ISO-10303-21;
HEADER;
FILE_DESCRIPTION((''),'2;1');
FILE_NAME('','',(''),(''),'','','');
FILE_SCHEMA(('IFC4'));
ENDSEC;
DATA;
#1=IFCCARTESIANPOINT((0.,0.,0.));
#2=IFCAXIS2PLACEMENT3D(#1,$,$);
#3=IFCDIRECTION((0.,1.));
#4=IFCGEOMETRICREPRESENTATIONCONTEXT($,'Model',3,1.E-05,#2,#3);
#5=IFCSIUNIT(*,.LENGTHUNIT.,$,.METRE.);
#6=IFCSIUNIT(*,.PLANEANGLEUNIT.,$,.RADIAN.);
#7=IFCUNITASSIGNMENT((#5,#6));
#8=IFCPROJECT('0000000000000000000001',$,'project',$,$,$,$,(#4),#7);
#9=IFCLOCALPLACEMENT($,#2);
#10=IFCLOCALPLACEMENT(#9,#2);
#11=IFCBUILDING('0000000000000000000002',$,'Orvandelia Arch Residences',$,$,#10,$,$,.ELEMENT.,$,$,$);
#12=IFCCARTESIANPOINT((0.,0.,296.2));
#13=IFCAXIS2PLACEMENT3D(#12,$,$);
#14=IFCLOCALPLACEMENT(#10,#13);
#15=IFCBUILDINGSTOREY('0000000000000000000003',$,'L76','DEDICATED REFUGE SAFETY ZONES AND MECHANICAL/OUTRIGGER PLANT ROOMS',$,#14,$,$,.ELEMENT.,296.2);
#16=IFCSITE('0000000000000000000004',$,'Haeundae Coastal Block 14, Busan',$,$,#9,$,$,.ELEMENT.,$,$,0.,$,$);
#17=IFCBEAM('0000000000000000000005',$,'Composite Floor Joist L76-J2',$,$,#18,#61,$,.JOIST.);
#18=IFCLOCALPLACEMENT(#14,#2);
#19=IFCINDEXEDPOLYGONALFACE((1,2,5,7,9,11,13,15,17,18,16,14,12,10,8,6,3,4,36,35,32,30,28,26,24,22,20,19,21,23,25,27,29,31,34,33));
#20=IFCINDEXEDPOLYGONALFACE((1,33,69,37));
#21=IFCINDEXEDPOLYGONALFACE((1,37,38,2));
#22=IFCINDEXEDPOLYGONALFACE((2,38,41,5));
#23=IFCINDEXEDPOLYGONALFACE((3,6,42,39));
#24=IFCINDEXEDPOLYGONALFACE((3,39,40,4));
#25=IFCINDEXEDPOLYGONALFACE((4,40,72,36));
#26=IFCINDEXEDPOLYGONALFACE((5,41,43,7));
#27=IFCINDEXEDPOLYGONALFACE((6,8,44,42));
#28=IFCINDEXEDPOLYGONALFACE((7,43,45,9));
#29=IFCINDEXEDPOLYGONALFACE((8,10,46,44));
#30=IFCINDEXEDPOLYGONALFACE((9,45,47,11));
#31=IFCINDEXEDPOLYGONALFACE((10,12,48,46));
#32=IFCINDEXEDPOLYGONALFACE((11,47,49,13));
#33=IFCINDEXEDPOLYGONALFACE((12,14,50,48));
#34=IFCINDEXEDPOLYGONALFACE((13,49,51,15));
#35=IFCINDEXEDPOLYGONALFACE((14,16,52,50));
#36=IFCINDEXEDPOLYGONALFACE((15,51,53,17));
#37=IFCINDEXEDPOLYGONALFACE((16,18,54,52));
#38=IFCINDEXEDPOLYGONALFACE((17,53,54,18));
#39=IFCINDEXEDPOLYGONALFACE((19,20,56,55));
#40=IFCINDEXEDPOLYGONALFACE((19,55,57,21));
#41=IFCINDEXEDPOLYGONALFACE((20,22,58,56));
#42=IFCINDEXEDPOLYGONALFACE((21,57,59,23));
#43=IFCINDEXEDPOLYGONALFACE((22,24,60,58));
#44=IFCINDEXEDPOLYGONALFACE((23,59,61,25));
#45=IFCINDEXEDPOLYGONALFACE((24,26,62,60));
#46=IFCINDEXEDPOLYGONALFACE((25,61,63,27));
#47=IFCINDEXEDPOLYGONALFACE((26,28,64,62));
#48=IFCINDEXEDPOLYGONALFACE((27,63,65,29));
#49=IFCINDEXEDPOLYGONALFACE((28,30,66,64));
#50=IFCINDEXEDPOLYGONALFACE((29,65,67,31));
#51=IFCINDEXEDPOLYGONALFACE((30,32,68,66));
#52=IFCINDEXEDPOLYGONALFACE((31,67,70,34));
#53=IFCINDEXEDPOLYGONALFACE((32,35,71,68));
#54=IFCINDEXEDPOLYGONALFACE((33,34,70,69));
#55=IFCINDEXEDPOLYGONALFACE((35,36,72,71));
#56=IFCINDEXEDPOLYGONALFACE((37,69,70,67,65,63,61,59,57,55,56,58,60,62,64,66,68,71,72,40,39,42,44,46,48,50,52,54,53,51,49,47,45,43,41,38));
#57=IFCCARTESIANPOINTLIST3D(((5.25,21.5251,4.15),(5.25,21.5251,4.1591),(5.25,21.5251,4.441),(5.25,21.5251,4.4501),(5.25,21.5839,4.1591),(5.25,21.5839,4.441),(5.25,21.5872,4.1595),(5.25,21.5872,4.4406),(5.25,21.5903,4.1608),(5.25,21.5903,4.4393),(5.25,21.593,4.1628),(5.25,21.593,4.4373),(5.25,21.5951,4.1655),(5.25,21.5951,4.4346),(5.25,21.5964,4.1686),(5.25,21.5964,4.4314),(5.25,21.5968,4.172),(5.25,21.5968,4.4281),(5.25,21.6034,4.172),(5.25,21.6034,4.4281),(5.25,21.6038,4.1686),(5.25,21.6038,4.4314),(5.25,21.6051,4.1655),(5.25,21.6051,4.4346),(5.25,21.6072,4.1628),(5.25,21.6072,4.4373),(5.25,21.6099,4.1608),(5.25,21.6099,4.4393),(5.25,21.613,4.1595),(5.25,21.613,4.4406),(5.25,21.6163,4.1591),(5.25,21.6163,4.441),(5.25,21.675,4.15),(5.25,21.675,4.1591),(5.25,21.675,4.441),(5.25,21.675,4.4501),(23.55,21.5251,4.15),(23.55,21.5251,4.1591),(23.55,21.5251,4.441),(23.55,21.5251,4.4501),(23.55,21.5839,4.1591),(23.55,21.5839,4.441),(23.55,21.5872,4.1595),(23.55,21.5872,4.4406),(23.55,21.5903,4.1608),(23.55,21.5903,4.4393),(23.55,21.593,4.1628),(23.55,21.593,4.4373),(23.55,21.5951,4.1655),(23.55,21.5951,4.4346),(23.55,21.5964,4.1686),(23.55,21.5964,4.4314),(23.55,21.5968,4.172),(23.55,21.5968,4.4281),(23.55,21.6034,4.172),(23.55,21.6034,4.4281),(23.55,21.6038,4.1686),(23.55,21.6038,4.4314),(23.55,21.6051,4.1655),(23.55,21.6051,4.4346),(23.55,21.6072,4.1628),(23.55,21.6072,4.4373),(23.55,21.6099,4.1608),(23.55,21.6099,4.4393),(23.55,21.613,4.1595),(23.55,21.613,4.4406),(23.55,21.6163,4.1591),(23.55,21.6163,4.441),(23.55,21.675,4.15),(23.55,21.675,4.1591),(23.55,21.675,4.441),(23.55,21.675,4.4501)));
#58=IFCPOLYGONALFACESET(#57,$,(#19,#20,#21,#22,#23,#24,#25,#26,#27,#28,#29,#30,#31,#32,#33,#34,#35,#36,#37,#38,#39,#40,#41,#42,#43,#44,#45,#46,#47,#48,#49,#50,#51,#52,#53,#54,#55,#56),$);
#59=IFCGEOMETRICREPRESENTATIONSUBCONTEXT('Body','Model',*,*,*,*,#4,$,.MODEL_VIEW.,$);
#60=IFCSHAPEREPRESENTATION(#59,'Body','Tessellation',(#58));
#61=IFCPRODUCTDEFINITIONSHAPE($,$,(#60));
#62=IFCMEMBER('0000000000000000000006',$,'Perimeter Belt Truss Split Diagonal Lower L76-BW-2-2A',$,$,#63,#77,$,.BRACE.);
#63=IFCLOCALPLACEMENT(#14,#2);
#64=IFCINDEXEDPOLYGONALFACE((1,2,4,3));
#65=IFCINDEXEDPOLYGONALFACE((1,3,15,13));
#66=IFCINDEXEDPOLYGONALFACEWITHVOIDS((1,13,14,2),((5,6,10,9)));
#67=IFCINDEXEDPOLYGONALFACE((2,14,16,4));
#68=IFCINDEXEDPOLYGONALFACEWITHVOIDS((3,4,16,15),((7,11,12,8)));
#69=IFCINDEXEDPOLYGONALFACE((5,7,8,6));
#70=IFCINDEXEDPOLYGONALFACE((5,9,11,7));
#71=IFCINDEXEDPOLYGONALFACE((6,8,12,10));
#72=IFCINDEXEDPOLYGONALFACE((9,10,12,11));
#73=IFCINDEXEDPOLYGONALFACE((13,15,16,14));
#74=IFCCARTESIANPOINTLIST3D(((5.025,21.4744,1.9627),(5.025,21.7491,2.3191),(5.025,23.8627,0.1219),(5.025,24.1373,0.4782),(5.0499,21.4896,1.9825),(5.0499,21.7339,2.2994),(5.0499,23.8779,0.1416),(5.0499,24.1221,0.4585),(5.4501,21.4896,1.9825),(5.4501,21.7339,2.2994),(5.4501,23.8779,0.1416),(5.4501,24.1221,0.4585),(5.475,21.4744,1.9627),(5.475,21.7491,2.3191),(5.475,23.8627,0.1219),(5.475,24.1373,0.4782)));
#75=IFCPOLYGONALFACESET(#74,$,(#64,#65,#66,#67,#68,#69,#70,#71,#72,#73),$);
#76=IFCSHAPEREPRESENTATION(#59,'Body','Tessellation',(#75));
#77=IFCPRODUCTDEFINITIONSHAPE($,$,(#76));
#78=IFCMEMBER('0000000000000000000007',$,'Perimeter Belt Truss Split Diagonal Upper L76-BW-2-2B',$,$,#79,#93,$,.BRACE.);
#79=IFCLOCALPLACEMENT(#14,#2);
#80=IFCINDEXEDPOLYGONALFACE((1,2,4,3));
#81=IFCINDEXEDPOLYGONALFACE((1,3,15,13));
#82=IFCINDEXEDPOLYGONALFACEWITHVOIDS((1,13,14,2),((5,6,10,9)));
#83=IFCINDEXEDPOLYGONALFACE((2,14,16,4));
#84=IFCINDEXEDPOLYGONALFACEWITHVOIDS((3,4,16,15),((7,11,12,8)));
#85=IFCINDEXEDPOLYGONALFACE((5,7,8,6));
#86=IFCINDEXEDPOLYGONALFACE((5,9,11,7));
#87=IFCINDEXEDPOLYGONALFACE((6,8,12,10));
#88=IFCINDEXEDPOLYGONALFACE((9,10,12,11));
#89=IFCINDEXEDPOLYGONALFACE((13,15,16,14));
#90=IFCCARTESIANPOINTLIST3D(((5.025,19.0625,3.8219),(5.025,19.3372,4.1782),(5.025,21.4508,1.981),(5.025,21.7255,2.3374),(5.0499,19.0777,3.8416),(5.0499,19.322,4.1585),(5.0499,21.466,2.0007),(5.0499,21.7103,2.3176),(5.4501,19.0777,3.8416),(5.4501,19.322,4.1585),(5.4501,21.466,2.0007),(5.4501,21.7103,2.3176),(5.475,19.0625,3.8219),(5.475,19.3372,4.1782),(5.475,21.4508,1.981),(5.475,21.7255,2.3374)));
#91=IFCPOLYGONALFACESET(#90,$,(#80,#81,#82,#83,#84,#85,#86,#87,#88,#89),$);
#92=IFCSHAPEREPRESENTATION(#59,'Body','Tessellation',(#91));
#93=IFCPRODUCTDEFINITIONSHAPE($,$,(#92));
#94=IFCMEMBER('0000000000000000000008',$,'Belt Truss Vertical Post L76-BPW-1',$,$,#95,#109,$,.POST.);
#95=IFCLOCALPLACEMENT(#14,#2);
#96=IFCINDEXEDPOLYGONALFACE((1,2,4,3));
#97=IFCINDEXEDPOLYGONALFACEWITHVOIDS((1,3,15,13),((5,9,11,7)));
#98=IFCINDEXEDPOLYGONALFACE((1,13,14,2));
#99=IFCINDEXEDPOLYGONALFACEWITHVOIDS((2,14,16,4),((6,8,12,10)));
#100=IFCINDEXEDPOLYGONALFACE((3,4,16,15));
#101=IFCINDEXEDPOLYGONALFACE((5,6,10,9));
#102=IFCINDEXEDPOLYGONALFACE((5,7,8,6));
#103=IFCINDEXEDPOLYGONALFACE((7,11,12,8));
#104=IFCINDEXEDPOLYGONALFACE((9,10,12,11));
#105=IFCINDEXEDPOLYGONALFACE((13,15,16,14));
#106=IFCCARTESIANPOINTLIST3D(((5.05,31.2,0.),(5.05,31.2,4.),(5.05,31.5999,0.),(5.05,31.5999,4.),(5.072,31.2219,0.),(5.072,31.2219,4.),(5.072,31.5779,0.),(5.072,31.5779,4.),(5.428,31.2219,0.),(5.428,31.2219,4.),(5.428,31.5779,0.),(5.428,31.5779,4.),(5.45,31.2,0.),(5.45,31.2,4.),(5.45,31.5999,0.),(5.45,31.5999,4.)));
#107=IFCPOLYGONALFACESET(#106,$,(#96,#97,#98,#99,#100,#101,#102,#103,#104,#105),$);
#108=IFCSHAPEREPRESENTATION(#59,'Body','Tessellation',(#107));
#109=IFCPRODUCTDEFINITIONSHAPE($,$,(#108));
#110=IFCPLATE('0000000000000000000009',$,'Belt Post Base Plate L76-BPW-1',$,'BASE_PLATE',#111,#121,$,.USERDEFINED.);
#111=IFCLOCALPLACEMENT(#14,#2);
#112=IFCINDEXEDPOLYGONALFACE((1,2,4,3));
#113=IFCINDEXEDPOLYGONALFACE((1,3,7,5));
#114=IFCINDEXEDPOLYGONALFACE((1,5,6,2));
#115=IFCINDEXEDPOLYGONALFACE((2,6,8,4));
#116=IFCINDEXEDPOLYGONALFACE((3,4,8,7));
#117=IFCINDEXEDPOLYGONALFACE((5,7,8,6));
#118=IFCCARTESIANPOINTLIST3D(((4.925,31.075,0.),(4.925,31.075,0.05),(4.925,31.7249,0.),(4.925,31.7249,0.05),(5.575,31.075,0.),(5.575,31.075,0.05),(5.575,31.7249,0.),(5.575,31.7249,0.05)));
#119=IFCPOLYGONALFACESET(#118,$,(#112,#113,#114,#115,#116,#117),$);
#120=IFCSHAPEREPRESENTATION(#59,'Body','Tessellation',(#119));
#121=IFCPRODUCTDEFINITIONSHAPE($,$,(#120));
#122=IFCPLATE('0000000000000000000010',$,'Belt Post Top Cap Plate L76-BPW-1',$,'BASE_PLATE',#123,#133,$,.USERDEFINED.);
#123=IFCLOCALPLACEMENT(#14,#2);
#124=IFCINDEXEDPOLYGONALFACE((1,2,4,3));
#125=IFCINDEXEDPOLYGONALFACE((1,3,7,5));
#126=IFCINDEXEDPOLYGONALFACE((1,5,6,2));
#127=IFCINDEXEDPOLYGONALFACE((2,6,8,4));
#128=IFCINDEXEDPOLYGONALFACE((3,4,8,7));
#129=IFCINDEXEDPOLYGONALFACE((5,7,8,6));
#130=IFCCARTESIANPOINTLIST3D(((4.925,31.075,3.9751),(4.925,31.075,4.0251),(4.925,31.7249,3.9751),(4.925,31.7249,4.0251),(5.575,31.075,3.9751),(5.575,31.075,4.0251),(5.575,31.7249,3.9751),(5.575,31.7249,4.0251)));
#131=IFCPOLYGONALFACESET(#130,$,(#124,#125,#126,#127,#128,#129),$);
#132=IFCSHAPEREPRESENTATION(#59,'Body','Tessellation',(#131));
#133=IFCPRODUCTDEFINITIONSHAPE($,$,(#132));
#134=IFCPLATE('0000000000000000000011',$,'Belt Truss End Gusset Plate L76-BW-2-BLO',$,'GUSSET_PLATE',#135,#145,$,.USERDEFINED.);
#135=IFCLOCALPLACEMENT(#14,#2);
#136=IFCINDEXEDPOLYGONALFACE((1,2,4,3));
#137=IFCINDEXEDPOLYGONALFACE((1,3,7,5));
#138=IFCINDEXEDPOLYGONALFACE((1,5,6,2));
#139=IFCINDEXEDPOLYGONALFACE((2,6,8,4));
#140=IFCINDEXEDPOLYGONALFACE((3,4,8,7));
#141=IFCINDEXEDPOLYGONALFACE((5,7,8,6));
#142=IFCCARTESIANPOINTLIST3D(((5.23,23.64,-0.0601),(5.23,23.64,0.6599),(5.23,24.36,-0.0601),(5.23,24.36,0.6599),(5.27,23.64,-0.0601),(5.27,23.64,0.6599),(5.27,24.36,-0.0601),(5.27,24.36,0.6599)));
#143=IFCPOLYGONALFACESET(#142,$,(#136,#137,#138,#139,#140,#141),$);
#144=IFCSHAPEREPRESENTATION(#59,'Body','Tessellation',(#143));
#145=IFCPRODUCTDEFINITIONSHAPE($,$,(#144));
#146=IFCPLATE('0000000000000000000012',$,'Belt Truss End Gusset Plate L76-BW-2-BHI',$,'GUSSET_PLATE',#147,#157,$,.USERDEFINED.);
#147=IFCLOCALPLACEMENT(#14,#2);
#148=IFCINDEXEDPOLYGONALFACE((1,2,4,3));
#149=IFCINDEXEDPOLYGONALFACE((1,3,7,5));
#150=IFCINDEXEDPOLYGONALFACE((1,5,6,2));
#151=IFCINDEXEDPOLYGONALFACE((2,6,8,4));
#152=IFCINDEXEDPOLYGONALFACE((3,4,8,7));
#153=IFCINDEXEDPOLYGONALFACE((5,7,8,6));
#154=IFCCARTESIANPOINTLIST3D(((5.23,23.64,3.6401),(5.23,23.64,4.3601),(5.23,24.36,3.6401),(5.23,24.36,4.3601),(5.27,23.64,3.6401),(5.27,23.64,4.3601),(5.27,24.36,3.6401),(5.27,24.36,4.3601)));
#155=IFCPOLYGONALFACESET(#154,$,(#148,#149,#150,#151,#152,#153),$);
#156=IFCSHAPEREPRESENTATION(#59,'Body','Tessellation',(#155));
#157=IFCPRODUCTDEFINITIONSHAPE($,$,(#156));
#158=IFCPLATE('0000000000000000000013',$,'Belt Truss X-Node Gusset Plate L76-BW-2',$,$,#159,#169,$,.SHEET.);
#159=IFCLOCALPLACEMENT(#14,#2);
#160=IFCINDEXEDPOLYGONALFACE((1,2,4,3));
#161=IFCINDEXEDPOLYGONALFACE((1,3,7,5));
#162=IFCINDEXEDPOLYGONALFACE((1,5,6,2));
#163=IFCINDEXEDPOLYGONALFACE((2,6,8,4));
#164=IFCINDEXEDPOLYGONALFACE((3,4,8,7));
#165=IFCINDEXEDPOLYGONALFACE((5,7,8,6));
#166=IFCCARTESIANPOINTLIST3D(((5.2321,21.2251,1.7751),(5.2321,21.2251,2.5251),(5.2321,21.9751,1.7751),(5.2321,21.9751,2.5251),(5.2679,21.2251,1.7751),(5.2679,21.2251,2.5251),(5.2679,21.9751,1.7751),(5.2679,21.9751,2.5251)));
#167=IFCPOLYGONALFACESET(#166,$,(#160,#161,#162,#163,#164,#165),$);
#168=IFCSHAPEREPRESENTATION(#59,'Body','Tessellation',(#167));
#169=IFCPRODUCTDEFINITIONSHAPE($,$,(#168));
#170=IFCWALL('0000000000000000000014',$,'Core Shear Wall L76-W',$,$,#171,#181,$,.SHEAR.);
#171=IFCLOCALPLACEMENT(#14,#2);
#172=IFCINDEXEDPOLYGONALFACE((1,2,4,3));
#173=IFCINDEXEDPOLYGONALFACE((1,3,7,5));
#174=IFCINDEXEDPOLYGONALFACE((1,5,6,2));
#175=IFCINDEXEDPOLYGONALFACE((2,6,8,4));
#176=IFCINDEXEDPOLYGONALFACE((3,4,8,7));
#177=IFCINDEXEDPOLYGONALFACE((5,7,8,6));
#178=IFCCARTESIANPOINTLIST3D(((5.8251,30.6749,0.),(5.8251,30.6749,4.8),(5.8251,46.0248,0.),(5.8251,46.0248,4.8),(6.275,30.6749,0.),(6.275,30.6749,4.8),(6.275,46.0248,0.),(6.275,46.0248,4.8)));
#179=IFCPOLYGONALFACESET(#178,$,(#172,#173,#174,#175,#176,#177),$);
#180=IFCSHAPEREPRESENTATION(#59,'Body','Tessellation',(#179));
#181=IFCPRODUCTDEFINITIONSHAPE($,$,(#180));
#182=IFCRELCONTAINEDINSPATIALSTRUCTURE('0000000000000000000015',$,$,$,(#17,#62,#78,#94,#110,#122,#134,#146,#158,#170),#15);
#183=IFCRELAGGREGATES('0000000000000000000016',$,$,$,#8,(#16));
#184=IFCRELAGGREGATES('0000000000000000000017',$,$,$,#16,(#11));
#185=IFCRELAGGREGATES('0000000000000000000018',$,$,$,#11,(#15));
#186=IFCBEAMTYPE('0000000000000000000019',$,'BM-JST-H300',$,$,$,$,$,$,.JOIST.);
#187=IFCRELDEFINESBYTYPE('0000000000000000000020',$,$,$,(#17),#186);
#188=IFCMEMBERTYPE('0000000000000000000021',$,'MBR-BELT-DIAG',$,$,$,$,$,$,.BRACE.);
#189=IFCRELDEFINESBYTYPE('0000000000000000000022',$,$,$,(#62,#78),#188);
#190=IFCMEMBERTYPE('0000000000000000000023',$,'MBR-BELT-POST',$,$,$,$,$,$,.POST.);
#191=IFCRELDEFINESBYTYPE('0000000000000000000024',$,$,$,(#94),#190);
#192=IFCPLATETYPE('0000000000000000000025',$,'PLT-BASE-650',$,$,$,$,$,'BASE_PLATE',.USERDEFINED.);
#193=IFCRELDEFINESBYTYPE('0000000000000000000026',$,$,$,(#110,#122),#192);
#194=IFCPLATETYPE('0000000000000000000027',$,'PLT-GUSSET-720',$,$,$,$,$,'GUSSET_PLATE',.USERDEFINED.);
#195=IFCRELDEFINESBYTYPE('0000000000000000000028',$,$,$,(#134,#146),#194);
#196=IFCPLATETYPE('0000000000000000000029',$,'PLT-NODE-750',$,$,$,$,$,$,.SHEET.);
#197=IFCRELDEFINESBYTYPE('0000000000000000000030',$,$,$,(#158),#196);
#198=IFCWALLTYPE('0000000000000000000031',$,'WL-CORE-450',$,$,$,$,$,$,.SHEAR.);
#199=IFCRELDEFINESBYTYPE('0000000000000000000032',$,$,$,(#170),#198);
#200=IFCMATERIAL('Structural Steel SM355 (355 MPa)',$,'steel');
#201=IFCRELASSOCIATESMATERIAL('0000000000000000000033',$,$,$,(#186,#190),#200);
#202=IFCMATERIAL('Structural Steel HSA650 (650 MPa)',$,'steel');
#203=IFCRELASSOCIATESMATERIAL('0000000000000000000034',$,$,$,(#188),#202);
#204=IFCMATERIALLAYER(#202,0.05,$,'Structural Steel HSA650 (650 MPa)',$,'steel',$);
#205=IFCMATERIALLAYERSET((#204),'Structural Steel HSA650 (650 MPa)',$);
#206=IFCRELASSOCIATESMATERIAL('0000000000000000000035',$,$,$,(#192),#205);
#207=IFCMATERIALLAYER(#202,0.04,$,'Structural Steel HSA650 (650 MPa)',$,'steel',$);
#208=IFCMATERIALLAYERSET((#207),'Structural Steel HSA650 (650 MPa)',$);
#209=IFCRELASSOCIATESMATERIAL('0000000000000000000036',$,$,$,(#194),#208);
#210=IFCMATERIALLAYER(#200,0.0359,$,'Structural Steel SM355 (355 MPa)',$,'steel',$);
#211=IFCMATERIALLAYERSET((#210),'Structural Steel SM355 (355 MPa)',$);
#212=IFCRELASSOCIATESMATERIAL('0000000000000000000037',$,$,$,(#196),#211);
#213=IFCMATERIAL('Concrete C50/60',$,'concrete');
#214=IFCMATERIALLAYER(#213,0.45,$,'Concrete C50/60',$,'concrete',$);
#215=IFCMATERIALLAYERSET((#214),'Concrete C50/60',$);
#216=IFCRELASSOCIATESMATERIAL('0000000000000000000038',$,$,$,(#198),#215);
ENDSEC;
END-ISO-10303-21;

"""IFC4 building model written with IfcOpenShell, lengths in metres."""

from ifc_helpers import new_model, si_unit, direction, frame, frame_2d, origin, origin_2d, place, context, subcontext, project, spatial, rectangle, hollow_rectangle, i_section, extrude, material, layer, layer_set, material_profile, profile_set, type_object, element, save


model = new_model("IFC4")

# Units and contexts
model_context = context("Model", 3, precision=1e-05, world=origin(), true_north=direction((0.0, 1.0)))
body_context = subcontext(model_context, "Body", "Model", "MODEL_VIEW")
ifc_project = project(units=[si_unit("LENGTHUNIT", "METRE"), si_unit("PLANEANGLEUNIT", "RADIAN")], contexts=[model_context])

# Site, building, storey
site_placement = place(None, origin())
site = spatial("IfcSite", under=ifc_project, at=site_placement, Name="Haeundae Coastal Block 14, Busan", CompositionType="ELEMENT", RefElevation=0.0)
building_placement = place(site_placement, origin())
building = spatial("IfcBuilding", under=site, at=building_placement, Name="Orvandelia Arch Residences", CompositionType="ELEMENT")
storey_placement = place(building_placement, frame((0.0, 0.0, 296.2)))
storey = spatial("IfcBuildingStorey", under=building, at=storey_placement, Name="L76", Description="DEDICATED REFUGE SAFETY ZONES AND MECHANICAL/OUTRIGGER PLANT ROOMS", CompositionType="ELEMENT", Elevation=296.2)

# Shared definitions
ifc_material_1 = material(Name="Concrete C50/60", Category="concrete")

# Beam
ifc_material_2 = material(Name="Structural Steel SM355 (355 MPa)", Category="steel")
ifc_material_profile_1 = material_profile(ifc_material_2, i_section(OverallWidth=0.1499, OverallDepth=0.3, WebThickness=0.0066, FlangeThickness=0.009, FilletRadius=0.0129, at=origin_2d()), Name="Structural Steel SM355 (355 MPa)", Category="steel")
ifc_profile_set_1 = profile_set([ifc_material_profile_1], Name="Structural Steel SM355 (355 MPa)")
beam_type_1 = type_object("IfcBeamType", Name="BM-JST-H300", PredefinedType="JOIST", material=ifc_profile_set_1)
beam_1_placement = place(storey_placement, frame((5.25, 21.6001, 4.3), z_axis=(1.0, 0.0, 0.0), x_axis=(0.0, 1.0, 0.0)))
element("IfcBeam", 1, at=beam_1_placement, inside=storey, type_object=beam_type_1, Name="Composite Floor Joist L76-J2", PredefinedType="JOIST", context=body_context, shape_type="SweptSolid", body=[
    extrude(i_section(OverallWidth=0.1499, OverallDepth=0.3, WebThickness=0.0066, FlangeThickness=0.009, FilletRadius=0.0129, at=origin_2d()), origin(), (0.0, 0.0, 1.0), 18.3),
])

# Members
ifc_material_3 = material(Name="Structural Steel HSA650 (650 MPa)", Category="steel")
ifc_material_profile_2 = material_profile(ifc_material_3, hollow_rectangle(XDim=0.45, YDim=0.45, WallThickness=0.0249, at=origin_2d()), Name="Structural Steel HSA650 (650 MPa)", Category="steel")
ifc_profile_set_2 = profile_set([ifc_material_profile_2], Name="Structural Steel HSA650 (650 MPa)")
member_type_1 = type_object("IfcMemberType", Name="MBR-BELT-DIAG", PredefinedType="BRACE", material=ifc_profile_set_2)
for number, where, z_axis, x_axis, name in (
    (2, (5.25, 24.0, 0.3), (0.0, -0.792022, 0.610493), (1.0, 0.0, 0.0), "Perimeter Belt Truss Split Diagonal Lower L76-BW-2-2A"),
    (3, (5.25, 21.5881, 2.1592), (0.0, -0.792022, 0.610493), (1.0, 0.0, 0.0), "Perimeter Belt Truss Split Diagonal Upper L76-BW-2-2B"),
):
    element("IfcMember", number, at=place(storey_placement, frame(where, z_axis=z_axis, x_axis=x_axis)), inside=storey, type_object=member_type_1, Name=name, PredefinedType="BRACE", context=body_context, shape_type="SweptSolid", body=[
        extrude(hollow_rectangle(XDim=0.45, YDim=0.45, WallThickness=0.0249, at=origin_2d()), origin(), (0.0, 0.0, 1.0), 3.0154),
    ])
ifc_material_profile_3 = material_profile(ifc_material_2, hollow_rectangle(XDim=0.3999, YDim=0.3999, WallThickness=0.022, at=origin_2d()), Name="Structural Steel SM355 (355 MPa)", Category="steel")
ifc_profile_set_3 = profile_set([ifc_material_profile_3], Name="Structural Steel SM355 (355 MPa)")
member_type_2 = type_object("IfcMemberType", Name="MBR-BELT-POST", PredefinedType="POST", material=ifc_profile_set_3)
member_placement = place(storey_placement, frame((5.25, 31.3999, 0.0), z_axis=(0.0, 0.0, 1.0), x_axis=(1.0, 0.0, 0.0)))
element("IfcMember", 4, at=member_placement, inside=storey, type_object=member_type_2, Name="Belt Truss Vertical Post L76-BPW-1", PredefinedType="POST", context=body_context, shape_type="SweptSolid", body=[
    extrude(hollow_rectangle(XDim=0.3999, YDim=0.3999, WallThickness=0.022, at=origin_2d()), origin(), (0.0, 0.0, 1.0), 4.0),
])

# Plates
ifc_layer_1 = layer(ifc_material_3, 0.05, Name="Structural Steel HSA650 (650 MPa)", Category="steel")
ifc_layer_set_1 = layer_set([ifc_layer_1], Name="Structural Steel HSA650 (650 MPa)")
plate_type_1 = type_object("IfcPlateType", Name="PLT-BASE-650", ElementType="BASE_PLATE", PredefinedType="USERDEFINED", material=ifc_layer_set_1)
for number, where, z_axis, x_axis, name in (
    (5, (5.25, 31.3999, 0.0), (0.0, 0.0, 1.0), (1.0, 0.0, 0.0), "Belt Post Base Plate L76-BPW-1"),
    (6, (5.25, 31.3999, 3.9751), (0.0, 0.0, 1.0), (1.0, 0.0, 0.0), "Belt Post Top Cap Plate L76-BPW-1"),
):
    element("IfcPlate", number, at=place(storey_placement, frame(where, z_axis=z_axis, x_axis=x_axis)), inside=storey, type_object=plate_type_1, Name=name, ObjectType="BASE_PLATE", PredefinedType="USERDEFINED", context=body_context, shape_type="SweptSolid", body=[
        extrude(rectangle(XDim=0.6499, YDim=0.6499, at=origin_2d()), origin(), (0.0, 0.0, 1.0), 0.05),
    ])
ifc_layer_2 = layer(ifc_material_3, 0.04, Name="Structural Steel HSA650 (650 MPa)", Category="steel")
ifc_layer_set_2 = layer_set([ifc_layer_2], Name="Structural Steel HSA650 (650 MPa)")
plate_type_2 = type_object("IfcPlateType", Name="PLT-GUSSET-720", ElementType="GUSSET_PLATE", PredefinedType="USERDEFINED", material=ifc_layer_set_2)
for number, where, z_axis, x_axis, name in (
    (7, (5.25, 24.0, -0.0601), (0.0, 0.0, 1.0), (0.0, 1.0, 0.0), "Belt Truss End Gusset Plate L76-BW-2-BLO"),
    (8, (5.25, 24.0, 3.6401), (0.0, 0.0, 1.0), (0.0, 1.0, 0.0), "Belt Truss End Gusset Plate L76-BW-2-BHI"),
):
    element("IfcPlate", number, at=place(storey_placement, frame(where, z_axis=z_axis, x_axis=x_axis)), inside=storey, type_object=plate_type_2, Name=name, ObjectType="GUSSET_PLATE", PredefinedType="USERDEFINED", context=body_context, shape_type="SweptSolid", body=[
        extrude(rectangle(XDim=0.72, YDim=0.04, at=origin_2d()), origin(), (0.0, 0.0, 1.0), 0.72),
    ])
ifc_layer_3 = layer(ifc_material_2, 0.0359, Name="Structural Steel SM355 (355 MPa)", Category="steel")
ifc_layer_set_3 = layer_set([ifc_layer_3], Name="Structural Steel SM355 (355 MPa)")
plate_type_3 = type_object("IfcPlateType", Name="PLT-NODE-750", PredefinedType="SHEET", material=ifc_layer_set_3)
plate_placement = place(storey_placement, frame((5.25, 21.6001, 1.7751), z_axis=(0.0, 0.0, 1.0), x_axis=(0.0, 1.0, 0.0)))
element("IfcPlate", 9, at=plate_placement, inside=storey, type_object=plate_type_3, Name="Belt Truss X-Node Gusset Plate L76-BW-2", PredefinedType="SHEET", context=body_context, shape_type="SweptSolid", body=[
    extrude(rectangle(XDim=0.75, YDim=0.0359, at=origin_2d()), origin(), (0.0, 0.0, 1.0), 0.75),
])

# Wall
ifc_layer_4 = layer(ifc_material_1, 0.45, Name="Concrete C50/60", Category="concrete")
ifc_layer_set_4 = layer_set([ifc_layer_4], Name="Concrete C50/60")
wall_type_1 = type_object("IfcWallType", Name="WL-CORE-450", PredefinedType="SHEAR", material=ifc_layer_set_4)
wall_1_placement = place(storey_placement, frame((6.05, 30.675, 0.0), z_axis=(0.0, 0.0, 1.0), x_axis=(0.0, 1.0, 0.0)))
element("IfcWall", 10, at=wall_1_placement, inside=storey, type_object=wall_type_1, Name="Core Shear Wall L76-W", PredefinedType="SHEAR", context=body_context, shape_type="SweptSolid", body=[
    extrude(rectangle(XDim=15.3499, YDim=0.45, at=frame_2d((7.6748, 0.0))), origin(), (0.0, 0.0, 1.0), 4.8),
])

save(model, "model.ifc")
